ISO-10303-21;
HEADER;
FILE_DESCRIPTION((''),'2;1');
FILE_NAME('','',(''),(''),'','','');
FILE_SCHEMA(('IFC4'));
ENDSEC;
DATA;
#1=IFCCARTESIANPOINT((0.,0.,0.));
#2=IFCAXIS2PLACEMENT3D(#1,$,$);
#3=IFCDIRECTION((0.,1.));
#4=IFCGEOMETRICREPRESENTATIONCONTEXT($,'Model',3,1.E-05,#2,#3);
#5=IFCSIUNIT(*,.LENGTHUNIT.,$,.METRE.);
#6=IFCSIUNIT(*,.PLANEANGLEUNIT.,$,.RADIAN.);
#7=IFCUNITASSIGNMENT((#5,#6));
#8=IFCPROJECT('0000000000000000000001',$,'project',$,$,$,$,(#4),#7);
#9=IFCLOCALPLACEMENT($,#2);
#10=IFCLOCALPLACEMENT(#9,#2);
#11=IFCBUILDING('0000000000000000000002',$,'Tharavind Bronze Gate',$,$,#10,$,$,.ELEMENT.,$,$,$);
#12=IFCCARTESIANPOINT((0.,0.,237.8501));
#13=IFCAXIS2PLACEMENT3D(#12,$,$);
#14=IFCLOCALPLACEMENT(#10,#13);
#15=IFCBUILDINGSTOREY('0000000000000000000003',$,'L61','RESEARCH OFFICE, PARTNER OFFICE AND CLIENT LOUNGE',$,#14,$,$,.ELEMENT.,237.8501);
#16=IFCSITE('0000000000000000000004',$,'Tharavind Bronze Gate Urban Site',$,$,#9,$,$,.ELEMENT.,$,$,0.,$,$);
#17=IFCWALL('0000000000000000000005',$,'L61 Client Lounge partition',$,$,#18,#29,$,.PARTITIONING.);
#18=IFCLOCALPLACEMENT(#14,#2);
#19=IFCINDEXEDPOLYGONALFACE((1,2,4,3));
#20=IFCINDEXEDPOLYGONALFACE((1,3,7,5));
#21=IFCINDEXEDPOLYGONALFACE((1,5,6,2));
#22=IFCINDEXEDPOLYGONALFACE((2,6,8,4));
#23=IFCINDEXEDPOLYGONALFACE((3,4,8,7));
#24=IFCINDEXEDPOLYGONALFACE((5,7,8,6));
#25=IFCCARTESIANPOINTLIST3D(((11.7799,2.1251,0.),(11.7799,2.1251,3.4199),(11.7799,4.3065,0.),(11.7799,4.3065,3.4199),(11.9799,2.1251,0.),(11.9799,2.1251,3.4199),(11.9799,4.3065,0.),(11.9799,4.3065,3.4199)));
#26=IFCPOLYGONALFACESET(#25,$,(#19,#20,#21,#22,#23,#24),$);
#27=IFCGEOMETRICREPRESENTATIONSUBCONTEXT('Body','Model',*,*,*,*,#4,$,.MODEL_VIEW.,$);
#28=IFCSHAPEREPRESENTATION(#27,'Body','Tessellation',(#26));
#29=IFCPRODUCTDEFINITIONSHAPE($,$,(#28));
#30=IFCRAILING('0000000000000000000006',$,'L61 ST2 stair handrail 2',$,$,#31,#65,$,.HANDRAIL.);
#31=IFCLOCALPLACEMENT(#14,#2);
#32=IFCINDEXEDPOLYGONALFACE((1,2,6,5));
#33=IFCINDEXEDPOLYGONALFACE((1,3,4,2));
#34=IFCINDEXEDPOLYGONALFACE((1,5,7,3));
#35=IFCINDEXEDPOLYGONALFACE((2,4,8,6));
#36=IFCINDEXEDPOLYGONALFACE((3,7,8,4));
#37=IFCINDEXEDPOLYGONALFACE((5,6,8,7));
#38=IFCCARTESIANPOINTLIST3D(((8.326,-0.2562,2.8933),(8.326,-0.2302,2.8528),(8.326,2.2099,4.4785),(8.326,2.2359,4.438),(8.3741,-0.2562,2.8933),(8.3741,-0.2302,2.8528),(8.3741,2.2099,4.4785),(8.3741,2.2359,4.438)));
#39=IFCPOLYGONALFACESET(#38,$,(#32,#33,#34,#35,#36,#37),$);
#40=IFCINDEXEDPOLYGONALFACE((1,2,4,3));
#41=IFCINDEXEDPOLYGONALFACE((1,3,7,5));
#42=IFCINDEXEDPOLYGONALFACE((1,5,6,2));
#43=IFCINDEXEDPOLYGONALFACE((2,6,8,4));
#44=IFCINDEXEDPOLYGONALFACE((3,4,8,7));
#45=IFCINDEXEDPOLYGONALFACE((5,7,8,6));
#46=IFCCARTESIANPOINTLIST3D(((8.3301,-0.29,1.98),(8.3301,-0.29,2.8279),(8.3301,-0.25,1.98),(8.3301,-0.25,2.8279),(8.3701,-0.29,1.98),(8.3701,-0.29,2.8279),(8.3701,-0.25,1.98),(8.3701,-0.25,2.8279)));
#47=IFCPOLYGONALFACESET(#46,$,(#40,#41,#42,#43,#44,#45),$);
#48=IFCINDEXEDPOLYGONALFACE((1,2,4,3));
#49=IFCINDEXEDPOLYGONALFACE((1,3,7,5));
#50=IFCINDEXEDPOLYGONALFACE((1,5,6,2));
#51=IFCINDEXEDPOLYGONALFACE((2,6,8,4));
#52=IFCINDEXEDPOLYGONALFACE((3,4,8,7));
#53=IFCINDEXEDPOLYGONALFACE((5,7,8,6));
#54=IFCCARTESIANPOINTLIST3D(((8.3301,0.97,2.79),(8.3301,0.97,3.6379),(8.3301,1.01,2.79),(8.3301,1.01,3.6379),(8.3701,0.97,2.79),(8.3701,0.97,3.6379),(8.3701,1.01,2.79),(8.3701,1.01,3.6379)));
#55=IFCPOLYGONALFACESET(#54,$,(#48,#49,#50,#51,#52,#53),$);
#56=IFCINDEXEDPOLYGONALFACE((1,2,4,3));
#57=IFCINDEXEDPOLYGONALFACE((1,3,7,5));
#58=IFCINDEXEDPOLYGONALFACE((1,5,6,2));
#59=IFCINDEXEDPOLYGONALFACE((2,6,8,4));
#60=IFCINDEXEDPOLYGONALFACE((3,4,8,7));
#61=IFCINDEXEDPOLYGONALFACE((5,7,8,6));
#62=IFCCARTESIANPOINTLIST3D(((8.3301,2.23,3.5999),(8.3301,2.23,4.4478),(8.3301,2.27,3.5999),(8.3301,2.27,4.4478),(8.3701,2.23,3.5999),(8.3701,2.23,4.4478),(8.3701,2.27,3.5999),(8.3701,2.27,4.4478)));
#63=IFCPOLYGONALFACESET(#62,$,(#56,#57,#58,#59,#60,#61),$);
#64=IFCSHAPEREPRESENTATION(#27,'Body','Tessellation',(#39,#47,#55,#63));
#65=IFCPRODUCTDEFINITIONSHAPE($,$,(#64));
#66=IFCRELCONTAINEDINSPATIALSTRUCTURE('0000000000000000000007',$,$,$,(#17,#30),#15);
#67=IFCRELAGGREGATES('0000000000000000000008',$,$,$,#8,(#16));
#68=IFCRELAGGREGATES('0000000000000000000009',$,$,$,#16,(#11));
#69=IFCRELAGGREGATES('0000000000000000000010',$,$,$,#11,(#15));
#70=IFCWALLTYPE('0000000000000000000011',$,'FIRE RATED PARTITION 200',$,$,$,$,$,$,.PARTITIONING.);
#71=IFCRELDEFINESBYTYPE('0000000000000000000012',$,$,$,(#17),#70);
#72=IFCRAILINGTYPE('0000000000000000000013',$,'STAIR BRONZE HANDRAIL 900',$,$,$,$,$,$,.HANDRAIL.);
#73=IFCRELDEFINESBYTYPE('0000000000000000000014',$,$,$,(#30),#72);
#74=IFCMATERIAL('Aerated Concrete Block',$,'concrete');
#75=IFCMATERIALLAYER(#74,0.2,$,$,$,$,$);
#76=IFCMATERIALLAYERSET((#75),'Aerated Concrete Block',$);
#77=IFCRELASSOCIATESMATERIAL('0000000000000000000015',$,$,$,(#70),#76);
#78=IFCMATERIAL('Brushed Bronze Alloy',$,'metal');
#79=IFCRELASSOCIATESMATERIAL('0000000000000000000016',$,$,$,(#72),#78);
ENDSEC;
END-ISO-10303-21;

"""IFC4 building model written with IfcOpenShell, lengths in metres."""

from ifc_helpers import new_model, si_unit, direction, frame, frame_2d, origin, origin_2d, place, context, subcontext, project, spatial, rectangle, extrude, material, layer, layer_set, type_object, element, save


model = new_model("IFC4")

# Units and contexts
model_context = context("Model", 3, precision=1e-05, world=origin(), true_north=direction((0.0, 1.0)))
body_context = subcontext(model_context, "Body", "Model", "MODEL_VIEW")
ifc_project = project(units=[si_unit("LENGTHUNIT", "METRE"), si_unit("PLANEANGLEUNIT", "RADIAN")], contexts=[model_context])

# Site, building, storey
site_placement = place(None, origin())
site = spatial("IfcSite", under=ifc_project, at=site_placement, Name="Tharavind Bronze Gate Urban Site", CompositionType="ELEMENT", RefElevation=0.0)
building_placement = place(site_placement, origin())
building = spatial("IfcBuilding", under=site, at=building_placement, Name="Tharavind Bronze Gate", CompositionType="ELEMENT")
storey_placement = place(building_placement, frame((0.0, 0.0, 237.8501)))
storey = spatial("IfcBuildingStorey", under=building, at=storey_placement, Name="L61", Description="RESEARCH OFFICE, PARTNER OFFICE AND CLIENT LOUNGE", CompositionType="ELEMENT", Elevation=237.8501)

# Shared definitions
ifc_material_1 = material(Name="Aerated Concrete Block", Category="concrete")
ifc_layer_1 = layer(ifc_material_1, 0.2)
ifc_layer_set_1 = layer_set([ifc_layer_1], Name="Aerated Concrete Block")
wall_type = type_object("IfcWallType", Name="FIRE RATED PARTITION 200", PredefinedType="PARTITIONING", material=ifc_layer_set_1)

# Wall
wall_1_placement = place(storey_placement, frame((11.8799, 2.125, 0.0), z_axis=(0.0, 0.0, 1.0), x_axis=(0.0, 1.0, 0.0)))
element("IfcWall", 1, at=wall_1_placement, inside=storey, type_object=wall_type, Name="L61 Client Lounge partition", PredefinedType="PARTITIONING", context=body_context, shape_type="SweptSolid", body=[
    extrude(rectangle(XDim=2.1814, YDim=0.2, at=frame_2d((1.0908, 0.0))), origin(), (0.0, 0.0, 1.0), 3.4199),
])

# Railing
ifc_material_2 = material(Name="Brushed Bronze Alloy", Category="metal")
railing_type = type_object("IfcRailingType", Name="STAIR BRONZE HANDRAIL 900", PredefinedType="HANDRAIL", material=ifc_material_2)
railing_placement = place(storey_placement, frame((8.3501, -0.27, 1.98)))
element("IfcRailing", 2, at=railing_placement, inside=storey, type_object=railing_type, Name="L61 ST2 stair handrail 2", PredefinedType="HANDRAIL", context=body_context, shape_type="SweptSolid", body=[
    extrude(rectangle(XDim=0.0481, YDim=0.0481, at=origin_2d()), frame((0.0, 0.0269, 0.8931), z_axis=(0.0, 0.8412, 0.540725), x_axis=(-1.0, 0.0, 0.0)), (0.0, 0.0, 1.0), 2.9316),
    extrude(rectangle(XDim=0.04, YDim=0.04, at=origin_2d()), origin(), (0.0, 0.0, 1.0), 0.8479),
    extrude(rectangle(XDim=0.04, YDim=0.04, at=origin_2d()), frame((0.0, 1.26, 0.8101)), (0.0, 0.0, 1.0), 0.8479),
    extrude(rectangle(XDim=0.04, YDim=0.04, at=origin_2d()), frame((0.0, 2.52, 1.6199)), (0.0, 0.0, 1.0), 0.8479),
])

save(model, "model.ifc")
